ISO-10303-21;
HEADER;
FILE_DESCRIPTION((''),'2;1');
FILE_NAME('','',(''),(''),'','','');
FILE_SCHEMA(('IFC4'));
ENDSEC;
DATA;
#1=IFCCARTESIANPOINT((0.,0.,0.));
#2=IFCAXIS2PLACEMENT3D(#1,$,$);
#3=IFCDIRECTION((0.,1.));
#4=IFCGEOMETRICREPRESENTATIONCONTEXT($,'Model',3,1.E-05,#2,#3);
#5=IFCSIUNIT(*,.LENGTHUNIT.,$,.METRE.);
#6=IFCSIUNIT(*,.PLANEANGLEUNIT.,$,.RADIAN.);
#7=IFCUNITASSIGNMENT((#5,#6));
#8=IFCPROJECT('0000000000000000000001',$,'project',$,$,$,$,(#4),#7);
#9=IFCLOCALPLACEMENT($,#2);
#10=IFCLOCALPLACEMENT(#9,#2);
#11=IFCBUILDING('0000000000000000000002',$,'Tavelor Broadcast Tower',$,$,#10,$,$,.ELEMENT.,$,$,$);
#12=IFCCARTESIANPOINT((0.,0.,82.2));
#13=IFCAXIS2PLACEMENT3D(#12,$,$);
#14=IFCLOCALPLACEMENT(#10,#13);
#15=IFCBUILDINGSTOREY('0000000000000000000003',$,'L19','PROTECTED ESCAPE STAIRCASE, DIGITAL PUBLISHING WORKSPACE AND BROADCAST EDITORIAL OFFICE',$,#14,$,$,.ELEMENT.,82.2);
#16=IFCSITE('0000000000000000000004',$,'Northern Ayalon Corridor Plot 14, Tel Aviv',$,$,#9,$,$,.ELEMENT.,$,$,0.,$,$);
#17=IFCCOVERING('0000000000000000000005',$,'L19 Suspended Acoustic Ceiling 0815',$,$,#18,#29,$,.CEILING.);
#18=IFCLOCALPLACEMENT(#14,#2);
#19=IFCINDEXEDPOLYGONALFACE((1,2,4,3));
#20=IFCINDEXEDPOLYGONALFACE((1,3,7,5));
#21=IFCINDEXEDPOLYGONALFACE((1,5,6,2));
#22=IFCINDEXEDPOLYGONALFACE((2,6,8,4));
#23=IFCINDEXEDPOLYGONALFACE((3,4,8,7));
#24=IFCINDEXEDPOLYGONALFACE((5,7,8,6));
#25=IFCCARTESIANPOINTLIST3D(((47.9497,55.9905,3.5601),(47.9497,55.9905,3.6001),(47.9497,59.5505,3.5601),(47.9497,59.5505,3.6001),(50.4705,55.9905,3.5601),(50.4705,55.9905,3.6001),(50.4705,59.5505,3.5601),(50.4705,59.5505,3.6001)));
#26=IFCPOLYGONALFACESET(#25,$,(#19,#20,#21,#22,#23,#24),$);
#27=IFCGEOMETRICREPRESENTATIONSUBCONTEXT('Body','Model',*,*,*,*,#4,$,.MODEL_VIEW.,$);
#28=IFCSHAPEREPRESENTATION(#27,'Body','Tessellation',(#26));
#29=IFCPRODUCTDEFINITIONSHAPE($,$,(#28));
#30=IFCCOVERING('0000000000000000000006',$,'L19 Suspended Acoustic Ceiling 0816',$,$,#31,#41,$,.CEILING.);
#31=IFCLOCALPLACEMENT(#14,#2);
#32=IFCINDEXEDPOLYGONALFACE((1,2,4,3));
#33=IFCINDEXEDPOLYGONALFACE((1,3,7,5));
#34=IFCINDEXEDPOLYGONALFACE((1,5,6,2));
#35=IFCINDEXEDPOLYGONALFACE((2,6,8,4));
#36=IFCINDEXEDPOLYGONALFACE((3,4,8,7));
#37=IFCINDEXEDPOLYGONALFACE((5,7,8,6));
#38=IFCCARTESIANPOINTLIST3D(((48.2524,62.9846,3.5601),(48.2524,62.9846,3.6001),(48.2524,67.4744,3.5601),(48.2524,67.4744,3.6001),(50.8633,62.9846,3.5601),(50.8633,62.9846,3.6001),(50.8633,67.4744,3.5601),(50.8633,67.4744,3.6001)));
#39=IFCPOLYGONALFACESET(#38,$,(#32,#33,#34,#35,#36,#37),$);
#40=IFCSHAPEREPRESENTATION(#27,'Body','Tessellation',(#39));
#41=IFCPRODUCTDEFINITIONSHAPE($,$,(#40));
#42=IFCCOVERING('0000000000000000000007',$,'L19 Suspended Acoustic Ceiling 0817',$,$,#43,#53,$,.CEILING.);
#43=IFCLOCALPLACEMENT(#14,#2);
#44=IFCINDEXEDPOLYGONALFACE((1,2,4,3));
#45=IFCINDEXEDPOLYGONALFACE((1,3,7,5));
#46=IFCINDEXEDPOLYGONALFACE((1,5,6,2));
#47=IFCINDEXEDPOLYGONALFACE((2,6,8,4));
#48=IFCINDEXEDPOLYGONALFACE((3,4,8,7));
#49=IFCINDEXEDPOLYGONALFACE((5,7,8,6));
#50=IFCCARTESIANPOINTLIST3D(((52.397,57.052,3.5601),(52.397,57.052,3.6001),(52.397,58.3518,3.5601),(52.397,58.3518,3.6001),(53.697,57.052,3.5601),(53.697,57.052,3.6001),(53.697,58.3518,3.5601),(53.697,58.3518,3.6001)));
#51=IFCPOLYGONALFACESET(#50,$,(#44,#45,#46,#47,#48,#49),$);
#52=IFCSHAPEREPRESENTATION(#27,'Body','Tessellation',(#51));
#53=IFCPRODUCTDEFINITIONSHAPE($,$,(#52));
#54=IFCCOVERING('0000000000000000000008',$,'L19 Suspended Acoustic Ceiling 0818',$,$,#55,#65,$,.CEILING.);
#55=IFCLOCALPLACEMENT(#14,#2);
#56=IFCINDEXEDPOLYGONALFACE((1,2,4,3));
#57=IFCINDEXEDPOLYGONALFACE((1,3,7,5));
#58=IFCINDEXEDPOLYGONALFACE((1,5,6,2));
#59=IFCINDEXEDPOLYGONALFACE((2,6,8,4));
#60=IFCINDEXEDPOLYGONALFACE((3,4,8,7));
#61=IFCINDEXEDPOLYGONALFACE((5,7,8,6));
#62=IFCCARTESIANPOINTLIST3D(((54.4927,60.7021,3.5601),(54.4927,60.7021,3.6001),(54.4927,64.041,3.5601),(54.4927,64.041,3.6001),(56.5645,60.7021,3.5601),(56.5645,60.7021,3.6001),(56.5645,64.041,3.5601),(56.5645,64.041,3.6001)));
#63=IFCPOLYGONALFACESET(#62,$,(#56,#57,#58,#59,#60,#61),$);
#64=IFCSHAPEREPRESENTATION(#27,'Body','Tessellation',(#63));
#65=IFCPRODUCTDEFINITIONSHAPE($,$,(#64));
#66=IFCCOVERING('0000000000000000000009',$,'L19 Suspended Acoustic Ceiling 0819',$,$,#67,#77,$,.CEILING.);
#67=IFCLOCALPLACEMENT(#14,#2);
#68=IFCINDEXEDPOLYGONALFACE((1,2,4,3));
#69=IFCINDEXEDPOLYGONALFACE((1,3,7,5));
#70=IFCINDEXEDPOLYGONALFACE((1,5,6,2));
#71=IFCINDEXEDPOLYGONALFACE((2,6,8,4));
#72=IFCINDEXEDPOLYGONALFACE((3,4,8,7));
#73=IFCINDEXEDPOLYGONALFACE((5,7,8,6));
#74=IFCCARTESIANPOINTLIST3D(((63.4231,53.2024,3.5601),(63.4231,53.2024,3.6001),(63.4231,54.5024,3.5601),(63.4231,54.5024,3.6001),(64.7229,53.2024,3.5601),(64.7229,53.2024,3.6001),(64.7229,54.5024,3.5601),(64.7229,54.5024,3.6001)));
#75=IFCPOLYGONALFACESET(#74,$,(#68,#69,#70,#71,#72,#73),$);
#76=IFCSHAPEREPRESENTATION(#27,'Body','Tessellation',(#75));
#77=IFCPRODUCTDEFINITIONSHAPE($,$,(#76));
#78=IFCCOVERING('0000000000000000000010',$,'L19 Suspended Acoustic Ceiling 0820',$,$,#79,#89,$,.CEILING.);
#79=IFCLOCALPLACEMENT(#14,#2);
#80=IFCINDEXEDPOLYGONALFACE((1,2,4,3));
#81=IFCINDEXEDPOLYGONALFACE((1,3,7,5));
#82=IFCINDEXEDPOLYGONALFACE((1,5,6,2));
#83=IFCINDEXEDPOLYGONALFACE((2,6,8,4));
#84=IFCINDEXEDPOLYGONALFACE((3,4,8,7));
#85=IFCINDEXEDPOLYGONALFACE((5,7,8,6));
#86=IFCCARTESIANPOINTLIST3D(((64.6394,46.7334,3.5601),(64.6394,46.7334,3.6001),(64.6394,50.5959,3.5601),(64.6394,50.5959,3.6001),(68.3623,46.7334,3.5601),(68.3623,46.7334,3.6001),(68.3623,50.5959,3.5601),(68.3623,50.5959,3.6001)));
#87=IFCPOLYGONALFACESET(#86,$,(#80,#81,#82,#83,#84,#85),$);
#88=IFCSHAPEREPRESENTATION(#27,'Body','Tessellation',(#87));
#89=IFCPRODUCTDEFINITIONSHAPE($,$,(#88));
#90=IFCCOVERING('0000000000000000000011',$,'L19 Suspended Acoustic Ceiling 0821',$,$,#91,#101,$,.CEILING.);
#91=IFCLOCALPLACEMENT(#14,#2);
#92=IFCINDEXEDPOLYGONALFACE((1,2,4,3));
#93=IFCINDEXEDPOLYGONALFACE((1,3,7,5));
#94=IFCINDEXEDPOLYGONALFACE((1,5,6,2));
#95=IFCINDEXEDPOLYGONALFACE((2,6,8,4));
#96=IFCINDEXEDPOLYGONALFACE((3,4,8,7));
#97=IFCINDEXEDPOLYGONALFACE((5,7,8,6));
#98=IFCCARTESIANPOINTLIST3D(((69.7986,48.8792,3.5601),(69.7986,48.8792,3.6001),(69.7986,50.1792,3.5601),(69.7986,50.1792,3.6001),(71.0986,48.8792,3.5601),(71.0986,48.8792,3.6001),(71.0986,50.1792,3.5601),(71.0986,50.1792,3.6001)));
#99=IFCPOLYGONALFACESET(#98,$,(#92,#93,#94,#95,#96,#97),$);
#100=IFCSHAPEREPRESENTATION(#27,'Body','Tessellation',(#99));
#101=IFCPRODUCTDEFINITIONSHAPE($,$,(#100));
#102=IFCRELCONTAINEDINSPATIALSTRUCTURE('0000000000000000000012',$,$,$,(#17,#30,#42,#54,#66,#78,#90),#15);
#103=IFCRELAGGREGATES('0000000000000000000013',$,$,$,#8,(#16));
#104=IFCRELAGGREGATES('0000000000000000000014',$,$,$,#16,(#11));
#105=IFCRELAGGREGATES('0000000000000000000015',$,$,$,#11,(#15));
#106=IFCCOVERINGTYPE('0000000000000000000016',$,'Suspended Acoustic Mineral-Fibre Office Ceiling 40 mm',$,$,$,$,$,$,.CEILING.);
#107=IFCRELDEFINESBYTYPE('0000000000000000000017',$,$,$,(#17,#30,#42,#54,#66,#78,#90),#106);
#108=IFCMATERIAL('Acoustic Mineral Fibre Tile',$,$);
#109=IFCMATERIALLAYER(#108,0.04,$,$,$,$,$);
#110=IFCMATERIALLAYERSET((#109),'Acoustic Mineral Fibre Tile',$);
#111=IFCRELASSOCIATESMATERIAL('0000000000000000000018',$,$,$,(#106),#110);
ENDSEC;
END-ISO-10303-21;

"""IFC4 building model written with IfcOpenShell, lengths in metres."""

from ifc_helpers import new_model, si_unit, direction, frame, origin, place, context, subcontext, project, spatial, polyline, outline, extrude, material, layer, layer_set, type_object, element, save


model = new_model("IFC4")

# Units and contexts
model_context = context("Model", 3, precision=1e-05, world=origin(), true_north=direction((0.0, 1.0)))
body_context = subcontext(model_context, "Body", "Model", "MODEL_VIEW")
ifc_project = project(units=[si_unit("LENGTHUNIT", "METRE"), si_unit("PLANEANGLEUNIT", "RADIAN")], contexts=[model_context])

# Site, building, storey
site_placement = place(None, origin())
site = spatial("IfcSite", under=ifc_project, at=site_placement, Name="Northern Ayalon Corridor Plot 14, Tel Aviv", CompositionType="ELEMENT", RefElevation=0.0)
building_placement = place(site_placement, origin())
building = spatial("IfcBuilding", under=site, at=building_placement, Name="Tavelor Broadcast Tower", CompositionType="ELEMENT")
storey_placement = place(building_placement, frame((0.0, 0.0, 82.2)))
storey = spatial("IfcBuildingStorey", under=building, at=storey_placement, Name="L19", Description="PROTECTED ESCAPE STAIRCASE, DIGITAL PUBLISHING WORKSPACE AND BROADCAST EDITORIAL OFFICE", CompositionType="ELEMENT", Elevation=82.2)

# Coverings
ifc_material_1 = material(Name="Acoustic Mineral Fibre Tile")
ifc_layer_1 = layer(ifc_material_1, 0.04)
ifc_layer_set_1 = layer_set([ifc_layer_1], Name="Acoustic Mineral Fibre Tile")
covering_type_1 = type_object("IfcCoveringType", Name="Suspended Acoustic Mineral-Fibre Office Ceiling 40 mm", PredefinedType="CEILING", material=ifc_layer_set_1)
covering_1_placement = place(storey_placement, frame((0.0, 0.0, 3.5601)))
element("IfcCovering", 1, at=covering_1_placement, inside=storey, type_object=covering_type_1, Name="L19 Suspended Acoustic Ceiling 0815", PredefinedType="CEILING", context=body_context, shape_type="SweptSolid", body=[
    extrude(outline(polyline([(47.9497, 55.9905), (50.4705, 55.9905), (50.4705, 59.5505), (47.9497, 59.5505), (47.9497, 55.9905)])), origin(), (0.0, 0.0, 1.0), 0.04),
])
covering_2_placement = place(storey_placement, frame((0.0, 0.0, 3.5601)))
element("IfcCovering", 2, at=covering_2_placement, inside=storey, type_object=covering_type_1, Name="L19 Suspended Acoustic Ceiling 0816", PredefinedType="CEILING", context=body_context, shape_type="SweptSolid", body=[
    extrude(outline(polyline([(48.2524, 62.9846), (50.8633, 62.9846), (50.8633, 67.4744), (48.2524, 67.4744), (48.2524, 62.9846)])), origin(), (0.0, 0.0, 1.0), 0.04),
])
covering_3_placement = place(storey_placement, frame((0.0, 0.0, 3.5601)))
element("IfcCovering", 3, at=covering_3_placement, inside=storey, type_object=covering_type_1, Name="L19 Suspended Acoustic Ceiling 0817", PredefinedType="CEILING", context=body_context, shape_type="SweptSolid", body=[
    extrude(outline(polyline([(52.397, 57.052), (53.697, 57.052), (53.697, 58.3518), (52.397, 58.3518), (52.397, 57.052)])), origin(), (0.0, 0.0, 1.0), 0.04),
])
covering_4_placement = place(storey_placement, frame((0.0, 0.0, 3.5601)))
element("IfcCovering", 4, at=covering_4_placement, inside=storey, type_object=covering_type_1, Name="L19 Suspended Acoustic Ceiling 0818", PredefinedType="CEILING", context=body_context, shape_type="SweptSolid", body=[
    extrude(outline(polyline([(54.4927, 60.7021), (56.5645, 60.7021), (56.5645, 64.041), (54.4927, 64.041), (54.4927, 60.7021)])), origin(), (0.0, 0.0, 1.0), 0.04),
])
covering_5_placement = place(storey_placement, frame((0.0, 0.0, 3.5601)))
element("IfcCovering", 5, at=covering_5_placement, inside=storey, type_object=covering_type_1, Name="L19 Suspended Acoustic Ceiling 0819", PredefinedType="CEILING", context=body_context, shape_type="SweptSolid", body=[
    extrude(outline(polyline([(63.4231, 53.2024), (64.7229, 53.2024), (64.7229, 54.5024), (63.4231, 54.5024), (63.4231, 53.2024)])), origin(), (0.0, 0.0, 1.0), 0.04),
])
covering_6_placement = place(storey_placement, frame((0.0, 0.0, 3.5601)))
element("IfcCovering", 6, at=covering_6_placement, inside=storey, type_object=covering_type_1, Name="L19 Suspended Acoustic Ceiling 0820", PredefinedType="CEILING", context=body_context, shape_type="SweptSolid", body=[
    extrude(outline(polyline([(64.6394, 46.7334), (68.3623, 46.7334), (68.3623, 50.5959), (64.6394, 50.5959), (64.6394, 46.7334)])), origin(), (0.0, 0.0, 1.0), 0.04),
])
covering_7_placement = place(storey_placement, frame((0.0, 0.0, 3.5601)))
element("IfcCovering", 7, at=covering_7_placement, inside=storey, type_object=covering_type_1, Name="L19 Suspended Acoustic Ceiling 0821", PredefinedType="CEILING", context=body_context, shape_type="SweptSolid", body=[
    extrude(outline(polyline([(69.7986, 48.8792), (71.0986, 48.8792), (71.0986, 50.1792), (69.7986, 50.1792), (69.7986, 48.8792)])), origin(), (0.0, 0.0, 1.0), 0.04),
])

save(model, "model.ifc")
